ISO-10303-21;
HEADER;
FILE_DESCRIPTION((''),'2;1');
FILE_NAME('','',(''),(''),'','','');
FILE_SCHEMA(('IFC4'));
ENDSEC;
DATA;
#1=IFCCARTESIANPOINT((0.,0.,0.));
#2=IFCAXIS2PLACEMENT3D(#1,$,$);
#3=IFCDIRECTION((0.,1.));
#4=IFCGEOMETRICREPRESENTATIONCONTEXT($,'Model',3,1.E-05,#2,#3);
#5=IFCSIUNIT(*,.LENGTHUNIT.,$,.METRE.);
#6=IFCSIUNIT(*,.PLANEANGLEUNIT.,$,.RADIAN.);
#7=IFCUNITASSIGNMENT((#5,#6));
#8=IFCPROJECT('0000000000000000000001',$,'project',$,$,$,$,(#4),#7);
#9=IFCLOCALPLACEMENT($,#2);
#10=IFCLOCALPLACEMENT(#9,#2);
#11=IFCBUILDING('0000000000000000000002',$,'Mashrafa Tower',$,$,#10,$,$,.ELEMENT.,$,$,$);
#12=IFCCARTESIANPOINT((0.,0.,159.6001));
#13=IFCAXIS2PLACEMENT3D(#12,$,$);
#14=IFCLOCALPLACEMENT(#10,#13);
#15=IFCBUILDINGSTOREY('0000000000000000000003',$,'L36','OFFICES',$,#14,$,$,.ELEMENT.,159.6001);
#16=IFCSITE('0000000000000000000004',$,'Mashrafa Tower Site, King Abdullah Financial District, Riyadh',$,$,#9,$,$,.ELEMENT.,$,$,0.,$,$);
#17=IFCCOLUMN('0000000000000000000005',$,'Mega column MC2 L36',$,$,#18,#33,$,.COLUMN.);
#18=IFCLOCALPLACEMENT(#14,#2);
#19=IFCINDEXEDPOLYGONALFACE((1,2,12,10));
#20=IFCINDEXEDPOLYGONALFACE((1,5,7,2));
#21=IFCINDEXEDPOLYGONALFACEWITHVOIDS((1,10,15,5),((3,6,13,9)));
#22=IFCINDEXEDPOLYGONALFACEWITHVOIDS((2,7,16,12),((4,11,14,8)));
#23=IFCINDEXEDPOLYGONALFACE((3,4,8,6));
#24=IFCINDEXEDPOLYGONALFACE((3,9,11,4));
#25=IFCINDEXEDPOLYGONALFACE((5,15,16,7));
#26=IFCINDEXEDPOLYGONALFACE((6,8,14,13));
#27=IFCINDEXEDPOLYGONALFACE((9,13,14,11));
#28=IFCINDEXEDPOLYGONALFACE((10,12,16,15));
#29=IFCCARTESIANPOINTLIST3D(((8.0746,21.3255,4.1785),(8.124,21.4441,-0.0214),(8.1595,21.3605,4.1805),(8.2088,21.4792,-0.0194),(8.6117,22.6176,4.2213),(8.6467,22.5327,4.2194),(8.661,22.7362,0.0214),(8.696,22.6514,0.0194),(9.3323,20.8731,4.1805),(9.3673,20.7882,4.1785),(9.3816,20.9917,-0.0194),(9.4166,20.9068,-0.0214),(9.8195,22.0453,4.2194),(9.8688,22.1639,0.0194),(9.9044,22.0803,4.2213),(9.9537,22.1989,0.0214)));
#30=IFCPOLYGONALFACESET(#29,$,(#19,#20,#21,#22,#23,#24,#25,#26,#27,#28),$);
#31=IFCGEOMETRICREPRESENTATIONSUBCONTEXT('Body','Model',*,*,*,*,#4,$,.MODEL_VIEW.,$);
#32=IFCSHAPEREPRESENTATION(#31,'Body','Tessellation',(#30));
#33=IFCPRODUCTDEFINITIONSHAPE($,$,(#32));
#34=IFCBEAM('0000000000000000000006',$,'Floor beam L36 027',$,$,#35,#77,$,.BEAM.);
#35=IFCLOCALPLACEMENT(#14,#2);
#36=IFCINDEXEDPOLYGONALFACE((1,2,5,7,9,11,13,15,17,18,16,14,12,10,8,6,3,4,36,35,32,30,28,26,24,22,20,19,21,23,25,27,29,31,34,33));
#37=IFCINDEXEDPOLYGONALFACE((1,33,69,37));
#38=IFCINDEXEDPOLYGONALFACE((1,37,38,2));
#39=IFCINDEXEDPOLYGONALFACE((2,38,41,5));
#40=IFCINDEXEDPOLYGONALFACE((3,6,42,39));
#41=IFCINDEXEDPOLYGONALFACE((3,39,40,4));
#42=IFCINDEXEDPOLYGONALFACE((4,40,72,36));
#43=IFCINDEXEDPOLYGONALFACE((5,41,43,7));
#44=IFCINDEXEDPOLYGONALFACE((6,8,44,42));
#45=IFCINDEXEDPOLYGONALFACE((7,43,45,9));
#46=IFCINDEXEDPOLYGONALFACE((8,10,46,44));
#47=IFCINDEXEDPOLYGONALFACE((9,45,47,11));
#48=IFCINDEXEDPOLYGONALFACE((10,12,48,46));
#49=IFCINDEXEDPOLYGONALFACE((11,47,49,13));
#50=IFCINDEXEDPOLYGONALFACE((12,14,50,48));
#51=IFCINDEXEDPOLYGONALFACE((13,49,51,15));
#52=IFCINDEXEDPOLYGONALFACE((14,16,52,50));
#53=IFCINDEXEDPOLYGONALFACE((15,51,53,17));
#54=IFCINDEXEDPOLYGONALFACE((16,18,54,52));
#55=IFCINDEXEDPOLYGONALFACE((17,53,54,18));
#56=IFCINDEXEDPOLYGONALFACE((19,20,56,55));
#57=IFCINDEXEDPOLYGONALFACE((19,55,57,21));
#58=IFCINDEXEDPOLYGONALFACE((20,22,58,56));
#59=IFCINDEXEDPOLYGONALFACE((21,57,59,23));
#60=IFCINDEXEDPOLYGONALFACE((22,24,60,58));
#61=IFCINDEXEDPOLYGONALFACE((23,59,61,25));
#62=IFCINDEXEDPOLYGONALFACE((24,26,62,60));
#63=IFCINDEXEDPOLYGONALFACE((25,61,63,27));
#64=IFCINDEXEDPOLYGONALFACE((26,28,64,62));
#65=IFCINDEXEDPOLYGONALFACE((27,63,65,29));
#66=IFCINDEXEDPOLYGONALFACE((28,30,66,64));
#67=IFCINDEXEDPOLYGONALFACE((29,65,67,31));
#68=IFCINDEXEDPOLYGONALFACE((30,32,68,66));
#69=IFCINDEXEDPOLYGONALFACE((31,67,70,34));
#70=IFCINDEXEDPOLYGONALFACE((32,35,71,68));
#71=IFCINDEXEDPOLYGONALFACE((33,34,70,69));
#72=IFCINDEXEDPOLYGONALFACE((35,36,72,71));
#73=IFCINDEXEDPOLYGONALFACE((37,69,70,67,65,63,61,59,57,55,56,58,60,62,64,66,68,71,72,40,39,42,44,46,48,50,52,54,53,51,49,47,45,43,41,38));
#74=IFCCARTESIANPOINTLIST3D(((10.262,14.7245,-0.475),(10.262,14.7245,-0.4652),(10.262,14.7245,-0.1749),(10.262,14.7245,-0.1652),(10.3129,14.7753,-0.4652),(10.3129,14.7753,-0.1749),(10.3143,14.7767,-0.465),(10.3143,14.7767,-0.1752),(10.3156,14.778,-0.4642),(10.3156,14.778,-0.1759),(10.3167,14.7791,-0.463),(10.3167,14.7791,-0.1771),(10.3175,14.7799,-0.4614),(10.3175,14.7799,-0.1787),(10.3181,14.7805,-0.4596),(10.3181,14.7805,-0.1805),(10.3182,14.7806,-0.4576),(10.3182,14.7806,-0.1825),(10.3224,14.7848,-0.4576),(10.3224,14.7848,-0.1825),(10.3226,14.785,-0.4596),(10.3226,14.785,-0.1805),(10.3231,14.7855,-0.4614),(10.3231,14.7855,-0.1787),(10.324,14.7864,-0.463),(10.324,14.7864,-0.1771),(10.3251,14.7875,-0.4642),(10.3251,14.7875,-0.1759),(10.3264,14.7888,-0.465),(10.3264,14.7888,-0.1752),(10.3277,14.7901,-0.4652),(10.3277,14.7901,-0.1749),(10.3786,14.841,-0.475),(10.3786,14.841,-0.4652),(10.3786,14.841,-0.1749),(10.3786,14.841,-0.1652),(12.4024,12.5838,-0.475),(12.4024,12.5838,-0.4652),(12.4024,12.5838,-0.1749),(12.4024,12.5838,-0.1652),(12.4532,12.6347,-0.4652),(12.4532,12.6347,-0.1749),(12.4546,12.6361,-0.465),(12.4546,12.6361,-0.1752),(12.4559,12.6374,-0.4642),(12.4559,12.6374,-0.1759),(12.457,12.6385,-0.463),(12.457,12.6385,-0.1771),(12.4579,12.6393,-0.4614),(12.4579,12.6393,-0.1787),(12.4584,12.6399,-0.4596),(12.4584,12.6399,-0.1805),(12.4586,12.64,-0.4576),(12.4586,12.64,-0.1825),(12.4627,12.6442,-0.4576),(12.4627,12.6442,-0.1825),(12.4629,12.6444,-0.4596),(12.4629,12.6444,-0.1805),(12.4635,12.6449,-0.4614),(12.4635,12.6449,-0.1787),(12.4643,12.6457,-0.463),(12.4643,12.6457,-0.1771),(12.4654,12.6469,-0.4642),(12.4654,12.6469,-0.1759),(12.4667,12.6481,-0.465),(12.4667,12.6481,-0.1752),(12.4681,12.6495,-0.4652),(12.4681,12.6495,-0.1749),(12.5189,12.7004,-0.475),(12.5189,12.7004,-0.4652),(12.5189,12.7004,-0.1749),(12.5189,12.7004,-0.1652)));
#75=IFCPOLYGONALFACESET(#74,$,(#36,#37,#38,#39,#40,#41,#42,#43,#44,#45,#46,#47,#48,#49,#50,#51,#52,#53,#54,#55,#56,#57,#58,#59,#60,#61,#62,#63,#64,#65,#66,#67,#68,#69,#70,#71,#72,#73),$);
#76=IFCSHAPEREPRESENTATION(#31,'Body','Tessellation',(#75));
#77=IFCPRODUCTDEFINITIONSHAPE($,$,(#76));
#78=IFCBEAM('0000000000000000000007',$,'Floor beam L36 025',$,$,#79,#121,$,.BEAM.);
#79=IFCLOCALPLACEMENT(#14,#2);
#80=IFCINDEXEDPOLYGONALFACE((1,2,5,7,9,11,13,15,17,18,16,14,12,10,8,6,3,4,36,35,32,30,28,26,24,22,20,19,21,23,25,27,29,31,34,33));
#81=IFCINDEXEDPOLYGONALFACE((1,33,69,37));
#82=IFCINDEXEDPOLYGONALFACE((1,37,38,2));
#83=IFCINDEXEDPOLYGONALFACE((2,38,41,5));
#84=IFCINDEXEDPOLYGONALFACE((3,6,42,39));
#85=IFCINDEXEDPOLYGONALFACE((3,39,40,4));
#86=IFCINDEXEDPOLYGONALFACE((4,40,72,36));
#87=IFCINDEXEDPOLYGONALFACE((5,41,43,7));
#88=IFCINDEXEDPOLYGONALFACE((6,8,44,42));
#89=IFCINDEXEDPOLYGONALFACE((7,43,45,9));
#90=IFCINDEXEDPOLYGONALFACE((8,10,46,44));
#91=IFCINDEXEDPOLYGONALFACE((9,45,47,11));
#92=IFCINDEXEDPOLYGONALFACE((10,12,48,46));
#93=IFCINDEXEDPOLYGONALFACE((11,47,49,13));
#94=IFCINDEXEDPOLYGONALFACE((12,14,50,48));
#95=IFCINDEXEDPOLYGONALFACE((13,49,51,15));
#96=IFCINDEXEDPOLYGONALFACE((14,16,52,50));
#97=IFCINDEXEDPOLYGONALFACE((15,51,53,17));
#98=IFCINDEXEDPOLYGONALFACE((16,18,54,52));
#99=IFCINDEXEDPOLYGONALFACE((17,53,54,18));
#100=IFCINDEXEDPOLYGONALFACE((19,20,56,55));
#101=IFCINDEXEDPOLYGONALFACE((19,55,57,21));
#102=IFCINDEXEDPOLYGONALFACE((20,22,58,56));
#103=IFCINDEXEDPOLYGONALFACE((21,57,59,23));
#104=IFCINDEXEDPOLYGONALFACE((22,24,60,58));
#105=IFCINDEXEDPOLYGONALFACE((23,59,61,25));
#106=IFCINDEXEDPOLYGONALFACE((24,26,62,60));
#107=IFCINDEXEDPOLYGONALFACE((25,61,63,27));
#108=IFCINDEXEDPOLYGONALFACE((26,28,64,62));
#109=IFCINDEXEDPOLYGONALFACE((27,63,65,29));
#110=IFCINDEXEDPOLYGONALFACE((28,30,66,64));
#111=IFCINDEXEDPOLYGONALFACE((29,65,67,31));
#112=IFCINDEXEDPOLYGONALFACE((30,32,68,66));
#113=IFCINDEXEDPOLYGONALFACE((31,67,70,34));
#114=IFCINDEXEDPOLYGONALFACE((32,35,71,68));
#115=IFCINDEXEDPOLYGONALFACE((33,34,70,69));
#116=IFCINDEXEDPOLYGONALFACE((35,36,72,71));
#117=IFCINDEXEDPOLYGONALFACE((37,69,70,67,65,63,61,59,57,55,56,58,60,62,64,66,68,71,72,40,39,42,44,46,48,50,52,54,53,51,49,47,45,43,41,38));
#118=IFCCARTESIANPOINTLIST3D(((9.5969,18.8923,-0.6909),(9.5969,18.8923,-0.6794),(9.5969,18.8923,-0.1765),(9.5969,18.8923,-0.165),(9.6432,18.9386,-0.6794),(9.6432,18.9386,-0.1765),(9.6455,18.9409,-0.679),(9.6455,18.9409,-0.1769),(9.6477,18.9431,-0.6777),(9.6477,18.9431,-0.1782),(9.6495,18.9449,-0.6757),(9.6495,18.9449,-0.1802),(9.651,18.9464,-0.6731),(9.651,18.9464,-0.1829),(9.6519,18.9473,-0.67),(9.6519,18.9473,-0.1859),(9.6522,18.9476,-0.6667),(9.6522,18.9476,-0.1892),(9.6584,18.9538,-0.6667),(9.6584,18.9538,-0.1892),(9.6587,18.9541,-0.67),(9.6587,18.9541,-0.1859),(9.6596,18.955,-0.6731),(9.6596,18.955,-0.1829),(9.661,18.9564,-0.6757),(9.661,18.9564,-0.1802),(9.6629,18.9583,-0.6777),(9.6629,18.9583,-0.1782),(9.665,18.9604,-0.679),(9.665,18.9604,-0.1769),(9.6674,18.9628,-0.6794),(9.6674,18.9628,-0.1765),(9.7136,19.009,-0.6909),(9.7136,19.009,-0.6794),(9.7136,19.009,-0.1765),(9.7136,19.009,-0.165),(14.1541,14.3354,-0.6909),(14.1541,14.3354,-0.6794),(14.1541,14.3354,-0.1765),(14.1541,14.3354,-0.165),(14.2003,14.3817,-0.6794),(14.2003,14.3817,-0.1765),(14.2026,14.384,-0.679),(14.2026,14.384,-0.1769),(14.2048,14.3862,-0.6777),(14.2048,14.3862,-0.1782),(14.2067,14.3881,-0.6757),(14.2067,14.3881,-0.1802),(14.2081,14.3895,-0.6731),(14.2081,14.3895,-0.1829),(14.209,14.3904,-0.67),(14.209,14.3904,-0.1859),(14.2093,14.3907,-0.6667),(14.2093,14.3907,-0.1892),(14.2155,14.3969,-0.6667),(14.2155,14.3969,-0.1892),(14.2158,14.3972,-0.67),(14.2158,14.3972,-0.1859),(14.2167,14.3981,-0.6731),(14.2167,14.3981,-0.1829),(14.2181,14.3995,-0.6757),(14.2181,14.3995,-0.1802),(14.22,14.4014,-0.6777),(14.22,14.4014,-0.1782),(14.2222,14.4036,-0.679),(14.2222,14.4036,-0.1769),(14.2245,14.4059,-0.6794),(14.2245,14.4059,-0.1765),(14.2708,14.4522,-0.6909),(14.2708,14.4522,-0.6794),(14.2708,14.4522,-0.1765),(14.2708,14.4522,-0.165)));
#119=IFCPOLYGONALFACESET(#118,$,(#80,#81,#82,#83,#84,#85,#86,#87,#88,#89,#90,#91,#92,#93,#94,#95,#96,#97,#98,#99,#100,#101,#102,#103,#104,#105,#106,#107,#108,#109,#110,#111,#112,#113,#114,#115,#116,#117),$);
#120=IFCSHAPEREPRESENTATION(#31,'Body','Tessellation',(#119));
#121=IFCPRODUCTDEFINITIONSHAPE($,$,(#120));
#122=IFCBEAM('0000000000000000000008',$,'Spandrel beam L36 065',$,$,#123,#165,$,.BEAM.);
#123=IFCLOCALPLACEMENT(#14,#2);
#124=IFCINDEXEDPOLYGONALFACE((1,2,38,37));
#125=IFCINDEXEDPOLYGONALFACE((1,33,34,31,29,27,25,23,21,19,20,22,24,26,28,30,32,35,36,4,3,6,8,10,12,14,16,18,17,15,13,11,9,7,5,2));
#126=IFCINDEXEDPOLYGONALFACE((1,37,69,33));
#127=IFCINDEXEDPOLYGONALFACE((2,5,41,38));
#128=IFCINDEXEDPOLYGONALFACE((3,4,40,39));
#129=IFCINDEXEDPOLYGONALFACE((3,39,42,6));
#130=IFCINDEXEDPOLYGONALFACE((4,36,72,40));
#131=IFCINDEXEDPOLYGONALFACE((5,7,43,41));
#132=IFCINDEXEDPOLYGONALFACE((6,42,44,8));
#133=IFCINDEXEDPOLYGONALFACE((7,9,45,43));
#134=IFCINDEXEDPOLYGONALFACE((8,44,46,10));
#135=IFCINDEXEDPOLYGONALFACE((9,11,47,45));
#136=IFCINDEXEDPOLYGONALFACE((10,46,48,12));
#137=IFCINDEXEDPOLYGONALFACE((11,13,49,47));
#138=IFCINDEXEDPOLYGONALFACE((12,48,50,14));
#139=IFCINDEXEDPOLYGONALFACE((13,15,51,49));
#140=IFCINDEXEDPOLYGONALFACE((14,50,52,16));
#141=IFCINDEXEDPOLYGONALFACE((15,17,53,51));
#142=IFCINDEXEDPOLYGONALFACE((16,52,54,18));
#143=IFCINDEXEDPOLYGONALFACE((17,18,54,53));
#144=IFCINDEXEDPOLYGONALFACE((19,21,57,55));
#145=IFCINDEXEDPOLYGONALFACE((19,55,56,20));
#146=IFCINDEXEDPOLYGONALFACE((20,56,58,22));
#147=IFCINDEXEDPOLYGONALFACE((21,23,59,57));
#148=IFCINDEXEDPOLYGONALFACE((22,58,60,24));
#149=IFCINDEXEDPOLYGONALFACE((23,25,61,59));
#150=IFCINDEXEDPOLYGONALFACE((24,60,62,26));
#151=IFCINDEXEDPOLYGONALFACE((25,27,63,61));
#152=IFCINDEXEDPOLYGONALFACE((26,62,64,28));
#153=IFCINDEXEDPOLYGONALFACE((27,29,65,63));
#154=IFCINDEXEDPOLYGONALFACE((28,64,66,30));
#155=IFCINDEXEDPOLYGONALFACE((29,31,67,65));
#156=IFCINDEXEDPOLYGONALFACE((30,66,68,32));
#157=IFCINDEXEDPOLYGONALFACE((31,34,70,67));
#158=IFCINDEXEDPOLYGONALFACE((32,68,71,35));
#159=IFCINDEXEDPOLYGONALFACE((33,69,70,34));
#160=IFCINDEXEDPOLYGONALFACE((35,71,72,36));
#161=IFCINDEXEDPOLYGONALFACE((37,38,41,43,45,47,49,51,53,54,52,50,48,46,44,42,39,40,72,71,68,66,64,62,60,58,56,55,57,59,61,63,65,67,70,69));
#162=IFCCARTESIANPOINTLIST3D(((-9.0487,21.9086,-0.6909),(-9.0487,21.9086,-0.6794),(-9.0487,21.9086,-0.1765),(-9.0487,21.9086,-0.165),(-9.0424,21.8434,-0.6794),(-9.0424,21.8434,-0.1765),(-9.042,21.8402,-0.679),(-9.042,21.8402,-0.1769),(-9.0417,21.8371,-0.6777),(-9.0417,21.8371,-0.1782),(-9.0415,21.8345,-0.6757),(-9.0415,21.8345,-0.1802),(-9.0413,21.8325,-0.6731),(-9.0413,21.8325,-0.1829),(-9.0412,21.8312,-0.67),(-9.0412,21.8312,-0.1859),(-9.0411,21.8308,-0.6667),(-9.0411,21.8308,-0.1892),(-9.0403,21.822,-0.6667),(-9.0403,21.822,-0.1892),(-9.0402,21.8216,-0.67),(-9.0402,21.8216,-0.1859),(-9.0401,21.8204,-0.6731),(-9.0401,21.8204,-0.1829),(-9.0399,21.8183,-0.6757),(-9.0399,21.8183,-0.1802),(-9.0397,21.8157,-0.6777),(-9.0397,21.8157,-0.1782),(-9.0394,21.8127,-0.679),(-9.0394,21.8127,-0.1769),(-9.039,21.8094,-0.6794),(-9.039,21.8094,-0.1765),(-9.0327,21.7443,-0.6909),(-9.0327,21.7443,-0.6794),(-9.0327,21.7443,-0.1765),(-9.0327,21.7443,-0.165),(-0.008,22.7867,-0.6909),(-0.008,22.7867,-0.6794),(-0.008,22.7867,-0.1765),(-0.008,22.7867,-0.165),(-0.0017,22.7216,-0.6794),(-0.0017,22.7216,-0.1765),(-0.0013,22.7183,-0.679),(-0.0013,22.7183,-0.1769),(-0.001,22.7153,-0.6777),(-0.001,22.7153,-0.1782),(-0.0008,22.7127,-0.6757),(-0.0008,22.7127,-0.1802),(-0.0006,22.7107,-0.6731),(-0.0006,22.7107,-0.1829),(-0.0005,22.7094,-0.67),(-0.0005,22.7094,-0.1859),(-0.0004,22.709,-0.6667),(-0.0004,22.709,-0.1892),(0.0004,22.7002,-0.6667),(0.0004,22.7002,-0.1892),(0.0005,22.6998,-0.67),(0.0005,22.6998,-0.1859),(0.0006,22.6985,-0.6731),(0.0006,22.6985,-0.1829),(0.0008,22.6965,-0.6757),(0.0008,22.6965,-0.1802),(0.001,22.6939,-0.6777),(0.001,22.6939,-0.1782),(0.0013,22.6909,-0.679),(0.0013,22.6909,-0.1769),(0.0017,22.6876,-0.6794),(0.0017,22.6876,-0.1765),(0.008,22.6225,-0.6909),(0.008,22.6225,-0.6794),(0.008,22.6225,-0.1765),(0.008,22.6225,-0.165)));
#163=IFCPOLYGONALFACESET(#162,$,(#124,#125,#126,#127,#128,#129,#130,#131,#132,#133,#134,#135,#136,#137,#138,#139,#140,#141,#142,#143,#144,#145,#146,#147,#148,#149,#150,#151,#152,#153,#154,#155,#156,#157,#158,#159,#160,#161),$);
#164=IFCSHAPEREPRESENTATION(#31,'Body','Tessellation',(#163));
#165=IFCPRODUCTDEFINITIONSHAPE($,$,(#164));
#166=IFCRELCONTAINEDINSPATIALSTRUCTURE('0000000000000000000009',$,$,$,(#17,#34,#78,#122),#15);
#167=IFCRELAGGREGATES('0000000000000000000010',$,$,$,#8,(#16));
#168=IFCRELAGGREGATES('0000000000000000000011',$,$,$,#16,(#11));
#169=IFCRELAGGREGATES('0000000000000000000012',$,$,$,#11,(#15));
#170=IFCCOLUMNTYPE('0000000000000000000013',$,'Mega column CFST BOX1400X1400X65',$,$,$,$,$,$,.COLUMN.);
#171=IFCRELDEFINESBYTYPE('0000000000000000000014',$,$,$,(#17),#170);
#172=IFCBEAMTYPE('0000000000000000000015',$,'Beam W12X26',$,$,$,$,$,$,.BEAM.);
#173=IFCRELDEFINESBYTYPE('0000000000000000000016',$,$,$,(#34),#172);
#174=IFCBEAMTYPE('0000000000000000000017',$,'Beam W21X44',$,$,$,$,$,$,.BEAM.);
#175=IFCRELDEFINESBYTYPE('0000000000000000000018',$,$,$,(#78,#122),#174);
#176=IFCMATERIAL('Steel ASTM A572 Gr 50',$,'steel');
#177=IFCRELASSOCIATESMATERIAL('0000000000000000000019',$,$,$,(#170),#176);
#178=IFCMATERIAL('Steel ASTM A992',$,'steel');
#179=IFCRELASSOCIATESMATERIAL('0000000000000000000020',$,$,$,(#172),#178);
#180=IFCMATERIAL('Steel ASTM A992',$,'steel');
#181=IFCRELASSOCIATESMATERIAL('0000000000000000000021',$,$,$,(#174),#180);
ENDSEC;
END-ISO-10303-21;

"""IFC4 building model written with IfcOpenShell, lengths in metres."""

from ifc_helpers import new_model, si_unit, direction, frame, origin, origin_2d, place, context, subcontext, project, spatial, hollow_rectangle, i_section, extrude, material, material_profile, profile_set, type_object, element, save


model = new_model("IFC4")

# Units and contexts
model_context = context("Model", 3, precision=1e-05, world=origin(), true_north=direction((0.0, 1.0)))
body_context = subcontext(model_context, "Body", "Model", "MODEL_VIEW")
ifc_project = project(units=[si_unit("LENGTHUNIT", "METRE"), si_unit("PLANEANGLEUNIT", "RADIAN")], contexts=[model_context])

# Site, building, storey
site_placement = place(None, origin())
site = spatial("IfcSite", under=ifc_project, at=site_placement, Name="Mashrafa Tower Site, King Abdullah Financial District, Riyadh", CompositionType="ELEMENT", RefElevation=0.0)
building_placement = place(site_placement, origin())
building = spatial("IfcBuilding", under=site, at=building_placement, Name="Mashrafa Tower", CompositionType="ELEMENT")
storey_placement = place(building_placement, frame((0.0, 0.0, 159.6001)))
storey = spatial("IfcBuildingStorey", under=building, at=storey_placement, Name="L36", Description="OFFICES", CompositionType="ELEMENT", Elevation=159.6001)

# Column
ifc_material_1 = material(Name="Steel ASTM A572 Gr 50", Category="steel")
ifc_material_profile_1 = material_profile(ifc_material_1, hollow_rectangle(XDim=1.3999, YDim=1.3999, WallThickness=0.0649, at=origin_2d()), Name="BOX1400X1400X65")
ifc_profile_set_1 = profile_set([ifc_material_profile_1], Name="Steel ASTM A572 Gr 50")
column_type = type_object("IfcColumnType", Name="Mega column CFST BOX1400X1400X65", PredefinedType="COLUMN", material=ifc_profile_set_1)
column_placement = place(storey_placement, frame((9.0388, 21.8215, 0.0), z_axis=(-0.011737, -0.028238, 0.999532), x_axis=(0.923414, -0.383806, 0.0)))
element("IfcColumn", 1, at=column_placement, inside=storey, type_object=column_type, Name="Mega column MC2 L36", PredefinedType="COLUMN", context=body_context, shape_type="SweptSolid", body=[
    extrude(hollow_rectangle(XDim=1.3999, YDim=1.3999, WallThickness=0.0649, at=origin_2d()), origin(), (0.0, 0.0, 1.0), 4.2019),
])

# Beams
ifc_material_2 = material(Name="Steel ASTM A992", Category="steel")
ifc_material_profile_2 = material_profile(ifc_material_2, i_section(OverallWidth=0.1648, OverallDepth=0.3098, WebThickness=0.0059, FlangeThickness=0.0098, FilletRadius=0.0076, at=origin_2d()), Name="W12X26")
ifc_profile_set_2 = profile_set([ifc_material_profile_2], Name="Steel ASTM A992")
beam_type_1 = type_object("IfcBeamType", Name="Beam W12X26", PredefinedType="BEAM", material=ifc_profile_set_2)
beam_1_placement = place(storey_placement, frame((10.3203, 14.7827, -0.3201), z_axis=(0.707066, -0.707147, 0.0), x_axis=(0.707147, 0.707066, 0.0)))
element("IfcBeam", 2, at=beam_1_placement, inside=storey, type_object=beam_type_1, Name="Floor beam L36 027", PredefinedType="BEAM", context=body_context, shape_type="SweptSolid", body=[
    extrude(i_section(OverallWidth=0.1648, OverallDepth=0.3098, WebThickness=0.0059, FlangeThickness=0.0098, FilletRadius=0.0076, at=origin_2d()), origin(), (0.0, 0.0, 1.0), 3.0271),
])
ifc_material_3 = material(Name="Steel ASTM A992", Category="steel")
ifc_material_profile_3 = material_profile(ifc_material_3, i_section(OverallWidth=0.165, OverallDepth=0.5259, WebThickness=0.0088, FlangeThickness=0.0115, FilletRadius=0.0127, at=origin_2d()), Name="W21X44")
ifc_profile_set_3 = profile_set([ifc_material_profile_3], Name="Steel ASTM A992")
beam_type_2 = type_object("IfcBeamType", Name="Beam W21X44", PredefinedType="BEAM", material=ifc_profile_set_3)
beam_2_placement = place(storey_placement, frame((9.6553, 18.9507, -0.428), z_axis=(0.707126, -0.707088, 0.0), x_axis=(0.707088, 0.707126, 0.0)))
element("IfcBeam", 3, at=beam_2_placement, inside=storey, type_object=beam_type_2, Name="Floor beam L36 025", PredefinedType="BEAM", context=body_context, shape_type="SweptSolid", body=[
    extrude(i_section(OverallWidth=0.165, OverallDepth=0.5259, WebThickness=0.0088, FlangeThickness=0.0115, FilletRadius=0.0127, at=origin_2d()), origin(), (0.0, 0.0, 1.0), 6.4446),
])
for number, where, z_axis, x_axis, name in (
    (4, (0.0, 22.7046, -0.428), (-0.995316, -0.09668, 0.0), (0.09668, -0.995316, 0.0), "Spandrel beam L36 065"),
):
    element("IfcBeam", number, at=place(storey_placement, frame(where, z_axis=z_axis, x_axis=x_axis)), inside=storey, type_object=beam_type_2, Name=name, PredefinedType="BEAM", context=body_context, shape_type="SweptSolid", body=[
        extrude(i_section(OverallWidth=0.165, OverallDepth=0.5259, WebThickness=0.0088, FlangeThickness=0.0115, FilletRadius=0.0127, at=origin_2d()), origin(), (0.0, 0.0, 1.0), 9.0833),
    ])

save(model, "model.ifc")
